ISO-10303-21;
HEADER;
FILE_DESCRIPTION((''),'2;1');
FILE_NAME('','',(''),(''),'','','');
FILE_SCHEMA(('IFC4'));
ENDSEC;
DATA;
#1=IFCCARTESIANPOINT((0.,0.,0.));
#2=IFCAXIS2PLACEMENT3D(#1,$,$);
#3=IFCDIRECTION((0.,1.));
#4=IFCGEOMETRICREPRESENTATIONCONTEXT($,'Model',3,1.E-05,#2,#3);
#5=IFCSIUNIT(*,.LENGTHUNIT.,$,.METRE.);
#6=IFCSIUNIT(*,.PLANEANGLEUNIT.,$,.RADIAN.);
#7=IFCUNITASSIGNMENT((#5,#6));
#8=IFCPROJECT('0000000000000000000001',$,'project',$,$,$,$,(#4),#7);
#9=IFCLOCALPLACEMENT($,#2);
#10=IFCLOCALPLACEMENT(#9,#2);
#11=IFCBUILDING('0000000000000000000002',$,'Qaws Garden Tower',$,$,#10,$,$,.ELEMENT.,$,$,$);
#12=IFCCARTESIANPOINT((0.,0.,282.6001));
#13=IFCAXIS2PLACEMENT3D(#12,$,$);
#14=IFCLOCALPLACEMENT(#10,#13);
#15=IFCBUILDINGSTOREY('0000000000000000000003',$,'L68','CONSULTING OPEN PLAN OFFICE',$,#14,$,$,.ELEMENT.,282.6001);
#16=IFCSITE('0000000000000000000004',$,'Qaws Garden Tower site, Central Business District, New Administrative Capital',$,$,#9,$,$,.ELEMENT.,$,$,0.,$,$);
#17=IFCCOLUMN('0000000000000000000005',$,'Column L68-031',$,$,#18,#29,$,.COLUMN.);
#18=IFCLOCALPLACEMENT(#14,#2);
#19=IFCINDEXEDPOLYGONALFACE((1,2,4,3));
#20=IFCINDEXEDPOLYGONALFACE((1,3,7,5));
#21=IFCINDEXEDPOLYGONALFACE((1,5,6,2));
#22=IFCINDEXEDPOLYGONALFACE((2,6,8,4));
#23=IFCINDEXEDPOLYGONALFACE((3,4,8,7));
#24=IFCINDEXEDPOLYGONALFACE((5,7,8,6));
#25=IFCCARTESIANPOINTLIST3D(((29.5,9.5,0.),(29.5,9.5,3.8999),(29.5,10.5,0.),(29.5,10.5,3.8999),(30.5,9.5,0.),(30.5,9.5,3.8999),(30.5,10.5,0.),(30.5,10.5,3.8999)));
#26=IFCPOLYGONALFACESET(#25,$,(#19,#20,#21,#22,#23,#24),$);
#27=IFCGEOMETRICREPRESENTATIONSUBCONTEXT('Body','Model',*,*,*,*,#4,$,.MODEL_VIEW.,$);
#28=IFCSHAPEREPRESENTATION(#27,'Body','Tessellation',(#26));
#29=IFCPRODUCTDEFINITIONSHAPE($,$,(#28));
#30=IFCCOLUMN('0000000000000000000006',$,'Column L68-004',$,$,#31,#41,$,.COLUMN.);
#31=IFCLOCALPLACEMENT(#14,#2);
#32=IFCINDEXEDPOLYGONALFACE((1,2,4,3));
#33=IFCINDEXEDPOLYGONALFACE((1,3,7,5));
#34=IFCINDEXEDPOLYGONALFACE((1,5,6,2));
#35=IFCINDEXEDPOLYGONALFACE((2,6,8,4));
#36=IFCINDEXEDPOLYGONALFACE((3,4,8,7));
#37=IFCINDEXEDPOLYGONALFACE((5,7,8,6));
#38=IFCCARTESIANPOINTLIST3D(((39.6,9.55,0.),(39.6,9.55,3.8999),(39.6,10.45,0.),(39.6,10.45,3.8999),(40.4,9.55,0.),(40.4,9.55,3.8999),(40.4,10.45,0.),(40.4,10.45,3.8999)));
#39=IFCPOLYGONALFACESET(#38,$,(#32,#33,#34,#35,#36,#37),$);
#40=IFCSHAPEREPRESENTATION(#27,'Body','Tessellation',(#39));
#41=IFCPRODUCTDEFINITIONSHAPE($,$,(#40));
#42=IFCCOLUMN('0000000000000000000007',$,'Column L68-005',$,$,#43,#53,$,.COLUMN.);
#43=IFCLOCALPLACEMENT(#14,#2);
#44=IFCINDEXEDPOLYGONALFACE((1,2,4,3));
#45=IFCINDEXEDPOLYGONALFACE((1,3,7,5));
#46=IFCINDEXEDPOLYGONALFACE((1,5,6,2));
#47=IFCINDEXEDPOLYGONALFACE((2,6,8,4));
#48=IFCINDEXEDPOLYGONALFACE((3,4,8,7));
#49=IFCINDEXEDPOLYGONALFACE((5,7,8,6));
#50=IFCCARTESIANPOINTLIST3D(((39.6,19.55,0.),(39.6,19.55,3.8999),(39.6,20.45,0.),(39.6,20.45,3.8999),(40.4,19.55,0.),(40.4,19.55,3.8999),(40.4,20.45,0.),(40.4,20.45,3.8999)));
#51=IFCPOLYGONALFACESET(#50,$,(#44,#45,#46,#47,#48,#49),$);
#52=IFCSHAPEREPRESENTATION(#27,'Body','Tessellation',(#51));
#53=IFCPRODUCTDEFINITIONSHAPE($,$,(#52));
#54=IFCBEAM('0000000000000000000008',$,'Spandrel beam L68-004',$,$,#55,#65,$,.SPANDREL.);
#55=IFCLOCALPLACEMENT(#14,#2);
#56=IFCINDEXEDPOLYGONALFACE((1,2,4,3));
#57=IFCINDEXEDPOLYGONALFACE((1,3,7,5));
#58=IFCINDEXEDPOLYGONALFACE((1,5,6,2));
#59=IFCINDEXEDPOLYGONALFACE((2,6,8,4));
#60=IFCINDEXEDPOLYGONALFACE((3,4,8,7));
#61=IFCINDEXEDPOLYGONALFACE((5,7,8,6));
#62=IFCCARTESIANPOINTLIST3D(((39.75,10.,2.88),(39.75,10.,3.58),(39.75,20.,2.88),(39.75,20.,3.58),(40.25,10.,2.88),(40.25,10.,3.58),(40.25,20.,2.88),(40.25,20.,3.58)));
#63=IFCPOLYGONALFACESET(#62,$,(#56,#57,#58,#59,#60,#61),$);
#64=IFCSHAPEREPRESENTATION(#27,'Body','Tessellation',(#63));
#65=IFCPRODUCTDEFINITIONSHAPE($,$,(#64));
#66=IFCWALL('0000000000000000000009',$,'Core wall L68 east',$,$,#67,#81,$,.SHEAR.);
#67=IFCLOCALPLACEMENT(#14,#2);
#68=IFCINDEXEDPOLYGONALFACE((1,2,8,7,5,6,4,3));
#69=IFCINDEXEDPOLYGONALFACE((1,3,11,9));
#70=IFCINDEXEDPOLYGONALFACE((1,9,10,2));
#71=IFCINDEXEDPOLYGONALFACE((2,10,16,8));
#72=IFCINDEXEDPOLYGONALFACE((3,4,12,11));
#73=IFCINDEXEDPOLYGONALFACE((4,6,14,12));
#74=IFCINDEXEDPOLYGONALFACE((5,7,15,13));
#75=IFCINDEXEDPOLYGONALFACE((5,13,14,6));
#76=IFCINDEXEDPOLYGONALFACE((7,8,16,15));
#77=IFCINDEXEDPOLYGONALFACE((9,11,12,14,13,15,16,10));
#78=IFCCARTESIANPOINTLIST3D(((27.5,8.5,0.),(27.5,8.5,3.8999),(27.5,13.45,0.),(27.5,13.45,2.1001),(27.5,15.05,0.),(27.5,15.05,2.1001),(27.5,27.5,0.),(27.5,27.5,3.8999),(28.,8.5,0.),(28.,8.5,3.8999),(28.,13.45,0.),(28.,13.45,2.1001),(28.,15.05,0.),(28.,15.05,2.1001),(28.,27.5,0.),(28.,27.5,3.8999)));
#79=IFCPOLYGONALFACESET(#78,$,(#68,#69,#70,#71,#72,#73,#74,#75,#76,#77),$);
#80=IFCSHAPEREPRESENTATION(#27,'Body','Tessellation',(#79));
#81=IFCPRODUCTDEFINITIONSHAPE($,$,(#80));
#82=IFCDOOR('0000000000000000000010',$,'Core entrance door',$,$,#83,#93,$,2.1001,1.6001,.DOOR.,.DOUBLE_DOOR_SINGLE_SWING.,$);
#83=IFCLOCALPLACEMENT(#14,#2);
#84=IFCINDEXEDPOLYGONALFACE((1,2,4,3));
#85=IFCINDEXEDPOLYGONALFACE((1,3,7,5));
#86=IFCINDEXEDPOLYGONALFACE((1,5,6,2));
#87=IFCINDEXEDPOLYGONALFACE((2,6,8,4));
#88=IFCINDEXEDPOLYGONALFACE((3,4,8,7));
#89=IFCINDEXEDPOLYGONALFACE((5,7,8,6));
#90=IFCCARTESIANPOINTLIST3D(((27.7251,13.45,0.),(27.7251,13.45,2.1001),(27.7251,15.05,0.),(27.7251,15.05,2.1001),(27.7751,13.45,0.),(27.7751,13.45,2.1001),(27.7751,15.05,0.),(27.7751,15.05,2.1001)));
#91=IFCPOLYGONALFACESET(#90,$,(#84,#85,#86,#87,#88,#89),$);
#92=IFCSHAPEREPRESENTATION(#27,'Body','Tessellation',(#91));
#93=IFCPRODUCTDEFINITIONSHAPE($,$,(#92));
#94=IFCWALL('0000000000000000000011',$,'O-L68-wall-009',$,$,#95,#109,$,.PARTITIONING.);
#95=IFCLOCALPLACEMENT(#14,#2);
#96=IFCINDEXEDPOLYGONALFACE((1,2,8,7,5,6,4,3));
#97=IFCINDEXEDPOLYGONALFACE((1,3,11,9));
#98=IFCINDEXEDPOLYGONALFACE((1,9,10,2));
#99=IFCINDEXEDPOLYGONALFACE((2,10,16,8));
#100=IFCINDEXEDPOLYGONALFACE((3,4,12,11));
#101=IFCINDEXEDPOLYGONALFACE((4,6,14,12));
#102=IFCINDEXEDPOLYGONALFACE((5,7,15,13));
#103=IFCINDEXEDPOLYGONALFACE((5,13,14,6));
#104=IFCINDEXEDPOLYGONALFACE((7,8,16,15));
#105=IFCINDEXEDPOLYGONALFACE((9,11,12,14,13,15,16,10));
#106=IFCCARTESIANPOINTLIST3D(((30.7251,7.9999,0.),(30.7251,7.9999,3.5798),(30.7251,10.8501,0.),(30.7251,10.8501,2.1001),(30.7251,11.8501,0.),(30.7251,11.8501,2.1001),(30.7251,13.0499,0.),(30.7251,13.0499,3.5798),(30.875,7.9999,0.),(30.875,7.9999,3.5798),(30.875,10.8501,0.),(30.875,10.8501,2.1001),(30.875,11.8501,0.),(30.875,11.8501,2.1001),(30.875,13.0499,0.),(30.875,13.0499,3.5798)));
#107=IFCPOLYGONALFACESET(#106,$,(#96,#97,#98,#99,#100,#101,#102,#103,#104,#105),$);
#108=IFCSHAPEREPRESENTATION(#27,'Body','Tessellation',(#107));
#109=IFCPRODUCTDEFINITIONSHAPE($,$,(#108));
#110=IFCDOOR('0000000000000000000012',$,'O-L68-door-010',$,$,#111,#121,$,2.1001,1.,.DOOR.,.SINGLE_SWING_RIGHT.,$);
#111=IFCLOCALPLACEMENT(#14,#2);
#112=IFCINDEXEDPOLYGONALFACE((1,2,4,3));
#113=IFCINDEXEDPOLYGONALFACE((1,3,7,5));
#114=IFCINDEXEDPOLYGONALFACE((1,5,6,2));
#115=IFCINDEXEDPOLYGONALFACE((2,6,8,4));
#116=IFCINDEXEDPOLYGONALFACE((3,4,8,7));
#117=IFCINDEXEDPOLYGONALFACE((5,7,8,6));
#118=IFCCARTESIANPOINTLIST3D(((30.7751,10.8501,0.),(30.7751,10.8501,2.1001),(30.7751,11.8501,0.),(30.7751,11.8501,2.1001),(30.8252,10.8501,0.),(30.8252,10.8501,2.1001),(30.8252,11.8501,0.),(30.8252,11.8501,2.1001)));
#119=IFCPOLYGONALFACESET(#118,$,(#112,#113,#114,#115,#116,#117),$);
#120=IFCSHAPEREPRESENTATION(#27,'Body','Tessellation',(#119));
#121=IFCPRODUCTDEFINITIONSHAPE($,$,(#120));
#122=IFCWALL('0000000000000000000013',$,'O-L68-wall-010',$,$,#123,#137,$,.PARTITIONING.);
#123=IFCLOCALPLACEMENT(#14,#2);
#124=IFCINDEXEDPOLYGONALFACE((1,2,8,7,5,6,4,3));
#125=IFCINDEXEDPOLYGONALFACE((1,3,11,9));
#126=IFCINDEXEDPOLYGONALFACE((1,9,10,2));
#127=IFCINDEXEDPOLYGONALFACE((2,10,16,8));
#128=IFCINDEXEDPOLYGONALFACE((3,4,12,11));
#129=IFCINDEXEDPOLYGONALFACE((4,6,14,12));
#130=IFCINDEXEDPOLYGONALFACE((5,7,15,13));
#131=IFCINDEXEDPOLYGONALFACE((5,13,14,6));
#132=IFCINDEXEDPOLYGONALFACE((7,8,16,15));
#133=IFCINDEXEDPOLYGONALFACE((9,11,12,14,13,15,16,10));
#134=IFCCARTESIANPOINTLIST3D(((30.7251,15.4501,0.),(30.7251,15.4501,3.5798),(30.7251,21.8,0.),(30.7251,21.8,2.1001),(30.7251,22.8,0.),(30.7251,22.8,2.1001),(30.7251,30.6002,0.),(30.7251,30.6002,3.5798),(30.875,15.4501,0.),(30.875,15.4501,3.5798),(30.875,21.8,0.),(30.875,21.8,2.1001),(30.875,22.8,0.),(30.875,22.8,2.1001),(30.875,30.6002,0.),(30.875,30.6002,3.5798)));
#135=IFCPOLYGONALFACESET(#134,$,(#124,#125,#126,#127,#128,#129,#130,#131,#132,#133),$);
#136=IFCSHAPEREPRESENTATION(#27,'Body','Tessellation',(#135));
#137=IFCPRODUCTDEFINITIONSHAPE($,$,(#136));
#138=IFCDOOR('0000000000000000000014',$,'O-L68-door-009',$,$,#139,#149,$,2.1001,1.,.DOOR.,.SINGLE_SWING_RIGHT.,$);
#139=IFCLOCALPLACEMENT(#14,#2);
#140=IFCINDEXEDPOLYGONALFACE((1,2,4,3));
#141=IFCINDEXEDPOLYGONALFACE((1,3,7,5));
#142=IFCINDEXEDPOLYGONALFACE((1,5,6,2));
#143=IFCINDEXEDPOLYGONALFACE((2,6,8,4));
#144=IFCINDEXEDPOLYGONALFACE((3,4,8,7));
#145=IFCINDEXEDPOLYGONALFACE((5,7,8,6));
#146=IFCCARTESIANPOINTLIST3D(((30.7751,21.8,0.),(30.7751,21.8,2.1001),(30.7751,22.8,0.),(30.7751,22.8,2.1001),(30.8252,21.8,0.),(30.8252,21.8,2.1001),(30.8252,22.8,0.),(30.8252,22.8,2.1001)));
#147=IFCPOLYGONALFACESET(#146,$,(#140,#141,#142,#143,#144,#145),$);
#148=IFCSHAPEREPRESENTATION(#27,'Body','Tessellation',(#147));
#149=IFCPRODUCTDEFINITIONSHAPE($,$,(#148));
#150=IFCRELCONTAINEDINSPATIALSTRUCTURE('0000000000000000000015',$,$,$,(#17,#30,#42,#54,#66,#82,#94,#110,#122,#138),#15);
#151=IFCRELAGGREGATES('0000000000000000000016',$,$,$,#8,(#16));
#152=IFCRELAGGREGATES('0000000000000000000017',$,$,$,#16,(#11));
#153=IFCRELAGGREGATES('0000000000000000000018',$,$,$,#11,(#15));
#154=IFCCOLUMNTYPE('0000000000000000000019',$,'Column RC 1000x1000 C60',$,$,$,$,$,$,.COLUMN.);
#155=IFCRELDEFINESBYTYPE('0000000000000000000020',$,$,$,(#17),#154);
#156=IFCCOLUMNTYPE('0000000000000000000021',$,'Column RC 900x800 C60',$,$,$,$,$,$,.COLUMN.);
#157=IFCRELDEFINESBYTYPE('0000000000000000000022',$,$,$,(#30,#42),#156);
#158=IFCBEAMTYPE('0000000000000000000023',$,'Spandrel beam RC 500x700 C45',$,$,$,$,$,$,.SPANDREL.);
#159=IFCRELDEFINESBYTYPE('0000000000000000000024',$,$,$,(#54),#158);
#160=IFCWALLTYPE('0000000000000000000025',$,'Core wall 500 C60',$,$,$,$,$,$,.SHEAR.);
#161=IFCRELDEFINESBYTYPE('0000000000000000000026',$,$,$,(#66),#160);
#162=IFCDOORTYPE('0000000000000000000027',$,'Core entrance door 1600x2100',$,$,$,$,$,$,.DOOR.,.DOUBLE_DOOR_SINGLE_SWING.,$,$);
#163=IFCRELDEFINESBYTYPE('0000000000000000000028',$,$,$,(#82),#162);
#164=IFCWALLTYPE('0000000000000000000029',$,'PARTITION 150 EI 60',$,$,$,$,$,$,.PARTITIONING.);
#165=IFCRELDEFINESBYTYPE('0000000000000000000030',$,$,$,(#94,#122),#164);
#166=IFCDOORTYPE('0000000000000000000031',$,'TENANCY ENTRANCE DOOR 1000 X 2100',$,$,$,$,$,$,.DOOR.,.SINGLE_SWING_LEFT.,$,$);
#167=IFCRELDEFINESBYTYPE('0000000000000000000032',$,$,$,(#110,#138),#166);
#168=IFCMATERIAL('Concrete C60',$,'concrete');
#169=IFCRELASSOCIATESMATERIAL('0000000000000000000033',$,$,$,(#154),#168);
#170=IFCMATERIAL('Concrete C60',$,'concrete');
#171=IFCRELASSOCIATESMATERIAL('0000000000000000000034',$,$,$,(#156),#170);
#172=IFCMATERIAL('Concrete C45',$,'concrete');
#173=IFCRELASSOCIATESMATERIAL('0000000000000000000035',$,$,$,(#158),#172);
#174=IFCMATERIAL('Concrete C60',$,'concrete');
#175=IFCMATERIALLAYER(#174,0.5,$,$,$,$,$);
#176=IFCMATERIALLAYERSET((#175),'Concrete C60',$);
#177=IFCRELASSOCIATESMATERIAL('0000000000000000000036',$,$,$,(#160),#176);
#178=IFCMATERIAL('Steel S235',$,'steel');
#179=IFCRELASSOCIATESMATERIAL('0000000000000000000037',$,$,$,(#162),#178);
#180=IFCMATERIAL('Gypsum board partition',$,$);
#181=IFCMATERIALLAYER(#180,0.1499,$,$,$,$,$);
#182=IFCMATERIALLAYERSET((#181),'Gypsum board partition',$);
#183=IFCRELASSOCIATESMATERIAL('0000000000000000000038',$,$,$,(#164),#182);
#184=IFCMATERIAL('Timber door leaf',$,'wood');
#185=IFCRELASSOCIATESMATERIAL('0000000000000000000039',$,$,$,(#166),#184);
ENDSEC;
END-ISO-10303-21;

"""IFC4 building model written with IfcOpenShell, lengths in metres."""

from ifc_helpers import new_model, si_unit, direction, frame, frame_2d, origin, origin_2d, place, context, subcontext, project, spatial, rectangle, extrude, material, layer, layer_set, material_profile, profile_set, type_object, element, fill, save


model = new_model("IFC4")

# Units and contexts
model_context = context("Model", 3, precision=1e-05, world=origin(), true_north=direction((0.0, 1.0)))
body_context = subcontext(model_context, "Body", "Model", "MODEL_VIEW")
ifc_project = project(units=[si_unit("LENGTHUNIT", "METRE"), si_unit("PLANEANGLEUNIT", "RADIAN")], contexts=[model_context])

# Site, building, storey
site_placement = place(None, origin())
site = spatial("IfcSite", under=ifc_project, at=site_placement, Name="Qaws Garden Tower site, Central Business District, New Administrative Capital", CompositionType="ELEMENT", RefElevation=0.0)
building_placement = place(site_placement, origin())
building = spatial("IfcBuilding", under=site, at=building_placement, Name="Qaws Garden Tower", CompositionType="ELEMENT")
storey_placement = place(building_placement, frame((0.0, 0.0, 282.6001)))
storey = spatial("IfcBuildingStorey", under=building, at=storey_placement, Name="L68", Description="CONSULTING OPEN PLAN OFFICE", CompositionType="ELEMENT", Elevation=282.6001)

# Columns
ifc_material_1 = material(Name="Concrete C60", Category="concrete")
ifc_material_profile_1 = material_profile(ifc_material_1, rectangle(XDim=1.0, YDim=1.0, at=origin_2d()), Name="RC 1000x1000")
ifc_profile_set_1 = profile_set([ifc_material_profile_1], Name="Concrete C60")
column_type_1 = type_object("IfcColumnType", Name="Column RC 1000x1000 C60", PredefinedType="COLUMN", material=ifc_profile_set_1)
column_placement = place(storey_placement, frame((30.0, 10.0, 0.0), z_axis=(0.0, 0.0, 1.0), x_axis=(1.0, 0.0, 0.0)))
element("IfcColumn", 1, at=column_placement, inside=storey, type_object=column_type_1, Name="Column L68-031", PredefinedType="COLUMN", context=body_context, shape_type="SweptSolid", body=[
    extrude(rectangle(XDim=1.0, YDim=1.0, at=origin_2d()), origin(), (0.0, 0.0, 1.0), 3.8999),
])
ifc_material_2 = material(Name="Concrete C60", Category="concrete")
ifc_material_profile_2 = material_profile(ifc_material_2, rectangle(XDim=0.8999, YDim=0.8, at=origin_2d()), Name="RC 900x800")
ifc_profile_set_2 = profile_set([ifc_material_profile_2], Name="Concrete C60")
column_type_2 = type_object("IfcColumnType", Name="Column RC 900x800 C60", PredefinedType="COLUMN", material=ifc_profile_set_2)
for number, where, z_axis, x_axis, name in (
    (2, (40.0, 10.0, 0.0), (0.0, 0.0, 1.0), (0.0, 1.0, 0.0), "Column L68-004"),
    (3, (40.0, 20.0, 0.0), (0.0, 0.0, 1.0), (0.0, 1.0, 0.0), "Column L68-005"),
):
    element("IfcColumn", number, at=place(storey_placement, frame(where, z_axis=z_axis, x_axis=x_axis)), inside=storey, type_object=column_type_2, Name=name, PredefinedType="COLUMN", context=body_context, shape_type="SweptSolid", body=[
        extrude(rectangle(XDim=0.8999, YDim=0.8, at=origin_2d()), origin(), (0.0, 0.0, 1.0), 3.8999),
    ])

# Beam
ifc_material_3 = material(Name="Concrete C45", Category="concrete")
ifc_material_profile_3 = material_profile(ifc_material_3, rectangle(XDim=0.5, YDim=0.7, at=origin_2d()), Name="RC 500x700")
ifc_profile_set_3 = profile_set([ifc_material_profile_3], Name="Concrete C45")
beam_type = type_object("IfcBeamType", Name="Spandrel beam RC 500x700 C45", PredefinedType="SPANDREL", material=ifc_profile_set_3)
beam_placement = place(storey_placement, frame((40.0, 10.0, 3.23), z_axis=(0.0, 1.0, 0.0), x_axis=(-1.0, 0.0, 0.0)))
element("IfcBeam", 4, at=beam_placement, inside=storey, type_object=beam_type, Name="Spandrel beam L68-004", PredefinedType="SPANDREL", context=body_context, shape_type="SweptSolid", body=[
    extrude(rectangle(XDim=0.5, YDim=0.7, at=origin_2d()), origin(), (0.0, 0.0, 1.0), 10.0),
])

# Walls, openings, doors
ifc_material_4 = material(Name="Concrete C60", Category="concrete")
ifc_layer_1 = layer(ifc_material_4, 0.5)
ifc_layer_set_1 = layer_set([ifc_layer_1], Name="Concrete C60")
wall_type_1 = type_object("IfcWallType", Name="Core wall 500 C60", PredefinedType="SHEAR", material=ifc_layer_set_1)
wall_1_placement = place(storey_placement, frame((27.75, 8.5, 0.0), z_axis=(0.0, 0.0, 1.0), x_axis=(0.0, 1.0, 0.0)))
wall_1 = element("IfcWall", 5, at=wall_1_placement, inside=storey, type_object=wall_type_1, Name="Core wall L68 east", PredefinedType="SHEAR", context=body_context, shape_type="SweptSolid", body=[
    extrude(rectangle(XDim=19.0, YDim=0.5, at=frame_2d((9.5, 0.0))), origin(), (0.0, 0.0, 1.0), 3.8999),
])
opening_1_placement = place(wall_1_placement, frame((4.95, 0.0, 0.0)))
opening_1 = element("IfcOpeningElement", 6, at=opening_1_placement, cuts=wall_1, PredefinedType="OPENING", context=body_context, shape_type="SweptSolid", body=[
    extrude(rectangle(XDim=1.6001, YDim=2.1001, at=frame_2d((0.8, 1.05))), frame((0.0, 0.26, 0.0), z_axis=(0.0, -1.0, 0.0), x_axis=(1.0, 0.0, 0.0)), (0.0, 0.0, 1.0), 0.52),
])
ifc_material_5 = material(Name="Steel S235", Category="steel")
door_type_1 = type_object("IfcDoorType", Name="Core entrance door 1600x2100", OperationType="DOUBLE_DOOR_SINGLE_SWING", PredefinedType="DOOR", material=ifc_material_5)
door_1_placement = place(opening_1_placement, origin())
door_1 = element("IfcDoor", 7, at=door_1_placement, inside=storey, type_object=door_type_1, Name="Core entrance door", OperationType="DOUBLE_DOOR_SINGLE_SWING", OverallHeight=2.1001, OverallWidth=1.6001, PredefinedType="DOOR", context=body_context, shape_type="SweptSolid", body=[
    extrude(rectangle(XDim=1.6001, YDim=2.1001, at=frame_2d((0.8, 1.05))), frame((0.0, 0.0249, 0.0), z_axis=(0.0, -1.0, 0.0), x_axis=(1.0, 0.0, 0.0)), (0.0, 0.0, 1.0), 0.05),
])
fill(opening_1, door_1)
ifc_material_6 = material(Name="Gypsum board partition")
ifc_layer_2 = layer(ifc_material_6, 0.1499)
ifc_layer_set_2 = layer_set([ifc_layer_2], Name="Gypsum board partition")
wall_type_2 = type_object("IfcWallType", Name="PARTITION 150 EI 60", PredefinedType="PARTITIONING", material=ifc_layer_set_2)
wall_2_placement = place(storey_placement, frame((30.8, 8.0, 0.0), z_axis=(0.0, 0.0, 1.0), x_axis=(0.0, 1.0, 0.0)))
wall_2 = element("IfcWall", 8, at=wall_2_placement, inside=storey, type_object=wall_type_2, Name="O-L68-wall-009", PredefinedType="PARTITIONING", context=body_context, shape_type="SweptSolid", body=[
    extrude(rectangle(XDim=5.05, YDim=0.1499, at=frame_2d((2.5249, 0.0))), origin(), (0.0, 0.0, 1.0), 3.5798),
])
opening_2_placement = place(wall_2_placement, frame((2.8501, 0.0, 0.0)))
opening_2 = element("IfcOpeningElement", 9, at=opening_2_placement, cuts=wall_2, PredefinedType="OPENING", context=body_context, shape_type="SweptSolid", body=[
    extrude(rectangle(XDim=1.0, YDim=2.1001, at=frame_2d((0.5, 1.05))), frame((0.0, 0.085, 0.0), z_axis=(0.0, -1.0, 0.0), x_axis=(1.0, 0.0, 0.0)), (0.0, 0.0, 1.0), 0.1699),
])
ifc_material_7 = material(Name="Timber door leaf", Category="wood")
door_type_2 = type_object("IfcDoorType", Name="TENANCY ENTRANCE DOOR 1000 X 2100", OperationType="SINGLE_SWING_LEFT", PredefinedType="DOOR", material=ifc_material_7)
door_2_placement = place(opening_2_placement, origin())
door_2 = element("IfcDoor", 10, at=door_2_placement, inside=storey, type_object=door_type_2, Name="O-L68-door-010", OperationType="SINGLE_SWING_RIGHT", OverallHeight=2.1001, OverallWidth=1.0, PredefinedType="DOOR", context=body_context, shape_type="SweptSolid", body=[
    extrude(rectangle(XDim=1.0, YDim=2.1001, at=frame_2d((0.5, 1.05))), frame((0.0, 0.0249, 0.0), z_axis=(0.0, -1.0, 0.0), x_axis=(1.0, 0.0, 0.0)), (0.0, 0.0, 1.0), 0.05),
])
fill(opening_2, door_2)
wall_3_placement = place(storey_placement, frame((30.8, 15.45, 0.0), z_axis=(0.0, 0.0, 1.0), x_axis=(0.0, 1.0, 0.0)))
wall_3 = element("IfcWall", 11, at=wall_3_placement, inside=storey, type_object=wall_type_2, Name="O-L68-wall-010", PredefinedType="PARTITIONING", context=body_context, shape_type="SweptSolid", body=[
    extrude(rectangle(XDim=15.1501, YDim=0.1499, at=frame_2d((7.5752, 0.0))), origin(), (0.0, 0.0, 1.0), 3.5798),
])
opening_3_placement = place(wall_3_placement, frame((6.3501, 0.0, 0.0)))
opening_3 = element("IfcOpeningElement", 12, at=opening_3_placement, cuts=wall_3, PredefinedType="OPENING", context=body_context, shape_type="SweptSolid", body=[
    extrude(rectangle(XDim=1.0, YDim=2.1001, at=frame_2d((0.5, 1.05))), frame((0.0, 0.085, 0.0), z_axis=(0.0, -1.0, 0.0), x_axis=(1.0, 0.0, 0.0)), (0.0, 0.0, 1.0), 0.1699),
])
door_3_placement = place(opening_3_placement, origin())
door_3 = element("IfcDoor", 13, at=door_3_placement, inside=storey, type_object=door_type_2, Name="O-L68-door-009", OperationType="SINGLE_SWING_RIGHT", OverallHeight=2.1001, OverallWidth=1.0, PredefinedType="DOOR", context=body_context, shape_type="SweptSolid", body=[
    extrude(rectangle(XDim=1.0, YDim=2.1001, at=frame_2d((0.5, 1.05))), frame((0.0, 0.0249, 0.0), z_axis=(0.0, -1.0, 0.0), x_axis=(1.0, 0.0, 0.0)), (0.0, 0.0, 1.0), 0.05),
])
fill(opening_3, door_3)

save(model, "model.ifc")
